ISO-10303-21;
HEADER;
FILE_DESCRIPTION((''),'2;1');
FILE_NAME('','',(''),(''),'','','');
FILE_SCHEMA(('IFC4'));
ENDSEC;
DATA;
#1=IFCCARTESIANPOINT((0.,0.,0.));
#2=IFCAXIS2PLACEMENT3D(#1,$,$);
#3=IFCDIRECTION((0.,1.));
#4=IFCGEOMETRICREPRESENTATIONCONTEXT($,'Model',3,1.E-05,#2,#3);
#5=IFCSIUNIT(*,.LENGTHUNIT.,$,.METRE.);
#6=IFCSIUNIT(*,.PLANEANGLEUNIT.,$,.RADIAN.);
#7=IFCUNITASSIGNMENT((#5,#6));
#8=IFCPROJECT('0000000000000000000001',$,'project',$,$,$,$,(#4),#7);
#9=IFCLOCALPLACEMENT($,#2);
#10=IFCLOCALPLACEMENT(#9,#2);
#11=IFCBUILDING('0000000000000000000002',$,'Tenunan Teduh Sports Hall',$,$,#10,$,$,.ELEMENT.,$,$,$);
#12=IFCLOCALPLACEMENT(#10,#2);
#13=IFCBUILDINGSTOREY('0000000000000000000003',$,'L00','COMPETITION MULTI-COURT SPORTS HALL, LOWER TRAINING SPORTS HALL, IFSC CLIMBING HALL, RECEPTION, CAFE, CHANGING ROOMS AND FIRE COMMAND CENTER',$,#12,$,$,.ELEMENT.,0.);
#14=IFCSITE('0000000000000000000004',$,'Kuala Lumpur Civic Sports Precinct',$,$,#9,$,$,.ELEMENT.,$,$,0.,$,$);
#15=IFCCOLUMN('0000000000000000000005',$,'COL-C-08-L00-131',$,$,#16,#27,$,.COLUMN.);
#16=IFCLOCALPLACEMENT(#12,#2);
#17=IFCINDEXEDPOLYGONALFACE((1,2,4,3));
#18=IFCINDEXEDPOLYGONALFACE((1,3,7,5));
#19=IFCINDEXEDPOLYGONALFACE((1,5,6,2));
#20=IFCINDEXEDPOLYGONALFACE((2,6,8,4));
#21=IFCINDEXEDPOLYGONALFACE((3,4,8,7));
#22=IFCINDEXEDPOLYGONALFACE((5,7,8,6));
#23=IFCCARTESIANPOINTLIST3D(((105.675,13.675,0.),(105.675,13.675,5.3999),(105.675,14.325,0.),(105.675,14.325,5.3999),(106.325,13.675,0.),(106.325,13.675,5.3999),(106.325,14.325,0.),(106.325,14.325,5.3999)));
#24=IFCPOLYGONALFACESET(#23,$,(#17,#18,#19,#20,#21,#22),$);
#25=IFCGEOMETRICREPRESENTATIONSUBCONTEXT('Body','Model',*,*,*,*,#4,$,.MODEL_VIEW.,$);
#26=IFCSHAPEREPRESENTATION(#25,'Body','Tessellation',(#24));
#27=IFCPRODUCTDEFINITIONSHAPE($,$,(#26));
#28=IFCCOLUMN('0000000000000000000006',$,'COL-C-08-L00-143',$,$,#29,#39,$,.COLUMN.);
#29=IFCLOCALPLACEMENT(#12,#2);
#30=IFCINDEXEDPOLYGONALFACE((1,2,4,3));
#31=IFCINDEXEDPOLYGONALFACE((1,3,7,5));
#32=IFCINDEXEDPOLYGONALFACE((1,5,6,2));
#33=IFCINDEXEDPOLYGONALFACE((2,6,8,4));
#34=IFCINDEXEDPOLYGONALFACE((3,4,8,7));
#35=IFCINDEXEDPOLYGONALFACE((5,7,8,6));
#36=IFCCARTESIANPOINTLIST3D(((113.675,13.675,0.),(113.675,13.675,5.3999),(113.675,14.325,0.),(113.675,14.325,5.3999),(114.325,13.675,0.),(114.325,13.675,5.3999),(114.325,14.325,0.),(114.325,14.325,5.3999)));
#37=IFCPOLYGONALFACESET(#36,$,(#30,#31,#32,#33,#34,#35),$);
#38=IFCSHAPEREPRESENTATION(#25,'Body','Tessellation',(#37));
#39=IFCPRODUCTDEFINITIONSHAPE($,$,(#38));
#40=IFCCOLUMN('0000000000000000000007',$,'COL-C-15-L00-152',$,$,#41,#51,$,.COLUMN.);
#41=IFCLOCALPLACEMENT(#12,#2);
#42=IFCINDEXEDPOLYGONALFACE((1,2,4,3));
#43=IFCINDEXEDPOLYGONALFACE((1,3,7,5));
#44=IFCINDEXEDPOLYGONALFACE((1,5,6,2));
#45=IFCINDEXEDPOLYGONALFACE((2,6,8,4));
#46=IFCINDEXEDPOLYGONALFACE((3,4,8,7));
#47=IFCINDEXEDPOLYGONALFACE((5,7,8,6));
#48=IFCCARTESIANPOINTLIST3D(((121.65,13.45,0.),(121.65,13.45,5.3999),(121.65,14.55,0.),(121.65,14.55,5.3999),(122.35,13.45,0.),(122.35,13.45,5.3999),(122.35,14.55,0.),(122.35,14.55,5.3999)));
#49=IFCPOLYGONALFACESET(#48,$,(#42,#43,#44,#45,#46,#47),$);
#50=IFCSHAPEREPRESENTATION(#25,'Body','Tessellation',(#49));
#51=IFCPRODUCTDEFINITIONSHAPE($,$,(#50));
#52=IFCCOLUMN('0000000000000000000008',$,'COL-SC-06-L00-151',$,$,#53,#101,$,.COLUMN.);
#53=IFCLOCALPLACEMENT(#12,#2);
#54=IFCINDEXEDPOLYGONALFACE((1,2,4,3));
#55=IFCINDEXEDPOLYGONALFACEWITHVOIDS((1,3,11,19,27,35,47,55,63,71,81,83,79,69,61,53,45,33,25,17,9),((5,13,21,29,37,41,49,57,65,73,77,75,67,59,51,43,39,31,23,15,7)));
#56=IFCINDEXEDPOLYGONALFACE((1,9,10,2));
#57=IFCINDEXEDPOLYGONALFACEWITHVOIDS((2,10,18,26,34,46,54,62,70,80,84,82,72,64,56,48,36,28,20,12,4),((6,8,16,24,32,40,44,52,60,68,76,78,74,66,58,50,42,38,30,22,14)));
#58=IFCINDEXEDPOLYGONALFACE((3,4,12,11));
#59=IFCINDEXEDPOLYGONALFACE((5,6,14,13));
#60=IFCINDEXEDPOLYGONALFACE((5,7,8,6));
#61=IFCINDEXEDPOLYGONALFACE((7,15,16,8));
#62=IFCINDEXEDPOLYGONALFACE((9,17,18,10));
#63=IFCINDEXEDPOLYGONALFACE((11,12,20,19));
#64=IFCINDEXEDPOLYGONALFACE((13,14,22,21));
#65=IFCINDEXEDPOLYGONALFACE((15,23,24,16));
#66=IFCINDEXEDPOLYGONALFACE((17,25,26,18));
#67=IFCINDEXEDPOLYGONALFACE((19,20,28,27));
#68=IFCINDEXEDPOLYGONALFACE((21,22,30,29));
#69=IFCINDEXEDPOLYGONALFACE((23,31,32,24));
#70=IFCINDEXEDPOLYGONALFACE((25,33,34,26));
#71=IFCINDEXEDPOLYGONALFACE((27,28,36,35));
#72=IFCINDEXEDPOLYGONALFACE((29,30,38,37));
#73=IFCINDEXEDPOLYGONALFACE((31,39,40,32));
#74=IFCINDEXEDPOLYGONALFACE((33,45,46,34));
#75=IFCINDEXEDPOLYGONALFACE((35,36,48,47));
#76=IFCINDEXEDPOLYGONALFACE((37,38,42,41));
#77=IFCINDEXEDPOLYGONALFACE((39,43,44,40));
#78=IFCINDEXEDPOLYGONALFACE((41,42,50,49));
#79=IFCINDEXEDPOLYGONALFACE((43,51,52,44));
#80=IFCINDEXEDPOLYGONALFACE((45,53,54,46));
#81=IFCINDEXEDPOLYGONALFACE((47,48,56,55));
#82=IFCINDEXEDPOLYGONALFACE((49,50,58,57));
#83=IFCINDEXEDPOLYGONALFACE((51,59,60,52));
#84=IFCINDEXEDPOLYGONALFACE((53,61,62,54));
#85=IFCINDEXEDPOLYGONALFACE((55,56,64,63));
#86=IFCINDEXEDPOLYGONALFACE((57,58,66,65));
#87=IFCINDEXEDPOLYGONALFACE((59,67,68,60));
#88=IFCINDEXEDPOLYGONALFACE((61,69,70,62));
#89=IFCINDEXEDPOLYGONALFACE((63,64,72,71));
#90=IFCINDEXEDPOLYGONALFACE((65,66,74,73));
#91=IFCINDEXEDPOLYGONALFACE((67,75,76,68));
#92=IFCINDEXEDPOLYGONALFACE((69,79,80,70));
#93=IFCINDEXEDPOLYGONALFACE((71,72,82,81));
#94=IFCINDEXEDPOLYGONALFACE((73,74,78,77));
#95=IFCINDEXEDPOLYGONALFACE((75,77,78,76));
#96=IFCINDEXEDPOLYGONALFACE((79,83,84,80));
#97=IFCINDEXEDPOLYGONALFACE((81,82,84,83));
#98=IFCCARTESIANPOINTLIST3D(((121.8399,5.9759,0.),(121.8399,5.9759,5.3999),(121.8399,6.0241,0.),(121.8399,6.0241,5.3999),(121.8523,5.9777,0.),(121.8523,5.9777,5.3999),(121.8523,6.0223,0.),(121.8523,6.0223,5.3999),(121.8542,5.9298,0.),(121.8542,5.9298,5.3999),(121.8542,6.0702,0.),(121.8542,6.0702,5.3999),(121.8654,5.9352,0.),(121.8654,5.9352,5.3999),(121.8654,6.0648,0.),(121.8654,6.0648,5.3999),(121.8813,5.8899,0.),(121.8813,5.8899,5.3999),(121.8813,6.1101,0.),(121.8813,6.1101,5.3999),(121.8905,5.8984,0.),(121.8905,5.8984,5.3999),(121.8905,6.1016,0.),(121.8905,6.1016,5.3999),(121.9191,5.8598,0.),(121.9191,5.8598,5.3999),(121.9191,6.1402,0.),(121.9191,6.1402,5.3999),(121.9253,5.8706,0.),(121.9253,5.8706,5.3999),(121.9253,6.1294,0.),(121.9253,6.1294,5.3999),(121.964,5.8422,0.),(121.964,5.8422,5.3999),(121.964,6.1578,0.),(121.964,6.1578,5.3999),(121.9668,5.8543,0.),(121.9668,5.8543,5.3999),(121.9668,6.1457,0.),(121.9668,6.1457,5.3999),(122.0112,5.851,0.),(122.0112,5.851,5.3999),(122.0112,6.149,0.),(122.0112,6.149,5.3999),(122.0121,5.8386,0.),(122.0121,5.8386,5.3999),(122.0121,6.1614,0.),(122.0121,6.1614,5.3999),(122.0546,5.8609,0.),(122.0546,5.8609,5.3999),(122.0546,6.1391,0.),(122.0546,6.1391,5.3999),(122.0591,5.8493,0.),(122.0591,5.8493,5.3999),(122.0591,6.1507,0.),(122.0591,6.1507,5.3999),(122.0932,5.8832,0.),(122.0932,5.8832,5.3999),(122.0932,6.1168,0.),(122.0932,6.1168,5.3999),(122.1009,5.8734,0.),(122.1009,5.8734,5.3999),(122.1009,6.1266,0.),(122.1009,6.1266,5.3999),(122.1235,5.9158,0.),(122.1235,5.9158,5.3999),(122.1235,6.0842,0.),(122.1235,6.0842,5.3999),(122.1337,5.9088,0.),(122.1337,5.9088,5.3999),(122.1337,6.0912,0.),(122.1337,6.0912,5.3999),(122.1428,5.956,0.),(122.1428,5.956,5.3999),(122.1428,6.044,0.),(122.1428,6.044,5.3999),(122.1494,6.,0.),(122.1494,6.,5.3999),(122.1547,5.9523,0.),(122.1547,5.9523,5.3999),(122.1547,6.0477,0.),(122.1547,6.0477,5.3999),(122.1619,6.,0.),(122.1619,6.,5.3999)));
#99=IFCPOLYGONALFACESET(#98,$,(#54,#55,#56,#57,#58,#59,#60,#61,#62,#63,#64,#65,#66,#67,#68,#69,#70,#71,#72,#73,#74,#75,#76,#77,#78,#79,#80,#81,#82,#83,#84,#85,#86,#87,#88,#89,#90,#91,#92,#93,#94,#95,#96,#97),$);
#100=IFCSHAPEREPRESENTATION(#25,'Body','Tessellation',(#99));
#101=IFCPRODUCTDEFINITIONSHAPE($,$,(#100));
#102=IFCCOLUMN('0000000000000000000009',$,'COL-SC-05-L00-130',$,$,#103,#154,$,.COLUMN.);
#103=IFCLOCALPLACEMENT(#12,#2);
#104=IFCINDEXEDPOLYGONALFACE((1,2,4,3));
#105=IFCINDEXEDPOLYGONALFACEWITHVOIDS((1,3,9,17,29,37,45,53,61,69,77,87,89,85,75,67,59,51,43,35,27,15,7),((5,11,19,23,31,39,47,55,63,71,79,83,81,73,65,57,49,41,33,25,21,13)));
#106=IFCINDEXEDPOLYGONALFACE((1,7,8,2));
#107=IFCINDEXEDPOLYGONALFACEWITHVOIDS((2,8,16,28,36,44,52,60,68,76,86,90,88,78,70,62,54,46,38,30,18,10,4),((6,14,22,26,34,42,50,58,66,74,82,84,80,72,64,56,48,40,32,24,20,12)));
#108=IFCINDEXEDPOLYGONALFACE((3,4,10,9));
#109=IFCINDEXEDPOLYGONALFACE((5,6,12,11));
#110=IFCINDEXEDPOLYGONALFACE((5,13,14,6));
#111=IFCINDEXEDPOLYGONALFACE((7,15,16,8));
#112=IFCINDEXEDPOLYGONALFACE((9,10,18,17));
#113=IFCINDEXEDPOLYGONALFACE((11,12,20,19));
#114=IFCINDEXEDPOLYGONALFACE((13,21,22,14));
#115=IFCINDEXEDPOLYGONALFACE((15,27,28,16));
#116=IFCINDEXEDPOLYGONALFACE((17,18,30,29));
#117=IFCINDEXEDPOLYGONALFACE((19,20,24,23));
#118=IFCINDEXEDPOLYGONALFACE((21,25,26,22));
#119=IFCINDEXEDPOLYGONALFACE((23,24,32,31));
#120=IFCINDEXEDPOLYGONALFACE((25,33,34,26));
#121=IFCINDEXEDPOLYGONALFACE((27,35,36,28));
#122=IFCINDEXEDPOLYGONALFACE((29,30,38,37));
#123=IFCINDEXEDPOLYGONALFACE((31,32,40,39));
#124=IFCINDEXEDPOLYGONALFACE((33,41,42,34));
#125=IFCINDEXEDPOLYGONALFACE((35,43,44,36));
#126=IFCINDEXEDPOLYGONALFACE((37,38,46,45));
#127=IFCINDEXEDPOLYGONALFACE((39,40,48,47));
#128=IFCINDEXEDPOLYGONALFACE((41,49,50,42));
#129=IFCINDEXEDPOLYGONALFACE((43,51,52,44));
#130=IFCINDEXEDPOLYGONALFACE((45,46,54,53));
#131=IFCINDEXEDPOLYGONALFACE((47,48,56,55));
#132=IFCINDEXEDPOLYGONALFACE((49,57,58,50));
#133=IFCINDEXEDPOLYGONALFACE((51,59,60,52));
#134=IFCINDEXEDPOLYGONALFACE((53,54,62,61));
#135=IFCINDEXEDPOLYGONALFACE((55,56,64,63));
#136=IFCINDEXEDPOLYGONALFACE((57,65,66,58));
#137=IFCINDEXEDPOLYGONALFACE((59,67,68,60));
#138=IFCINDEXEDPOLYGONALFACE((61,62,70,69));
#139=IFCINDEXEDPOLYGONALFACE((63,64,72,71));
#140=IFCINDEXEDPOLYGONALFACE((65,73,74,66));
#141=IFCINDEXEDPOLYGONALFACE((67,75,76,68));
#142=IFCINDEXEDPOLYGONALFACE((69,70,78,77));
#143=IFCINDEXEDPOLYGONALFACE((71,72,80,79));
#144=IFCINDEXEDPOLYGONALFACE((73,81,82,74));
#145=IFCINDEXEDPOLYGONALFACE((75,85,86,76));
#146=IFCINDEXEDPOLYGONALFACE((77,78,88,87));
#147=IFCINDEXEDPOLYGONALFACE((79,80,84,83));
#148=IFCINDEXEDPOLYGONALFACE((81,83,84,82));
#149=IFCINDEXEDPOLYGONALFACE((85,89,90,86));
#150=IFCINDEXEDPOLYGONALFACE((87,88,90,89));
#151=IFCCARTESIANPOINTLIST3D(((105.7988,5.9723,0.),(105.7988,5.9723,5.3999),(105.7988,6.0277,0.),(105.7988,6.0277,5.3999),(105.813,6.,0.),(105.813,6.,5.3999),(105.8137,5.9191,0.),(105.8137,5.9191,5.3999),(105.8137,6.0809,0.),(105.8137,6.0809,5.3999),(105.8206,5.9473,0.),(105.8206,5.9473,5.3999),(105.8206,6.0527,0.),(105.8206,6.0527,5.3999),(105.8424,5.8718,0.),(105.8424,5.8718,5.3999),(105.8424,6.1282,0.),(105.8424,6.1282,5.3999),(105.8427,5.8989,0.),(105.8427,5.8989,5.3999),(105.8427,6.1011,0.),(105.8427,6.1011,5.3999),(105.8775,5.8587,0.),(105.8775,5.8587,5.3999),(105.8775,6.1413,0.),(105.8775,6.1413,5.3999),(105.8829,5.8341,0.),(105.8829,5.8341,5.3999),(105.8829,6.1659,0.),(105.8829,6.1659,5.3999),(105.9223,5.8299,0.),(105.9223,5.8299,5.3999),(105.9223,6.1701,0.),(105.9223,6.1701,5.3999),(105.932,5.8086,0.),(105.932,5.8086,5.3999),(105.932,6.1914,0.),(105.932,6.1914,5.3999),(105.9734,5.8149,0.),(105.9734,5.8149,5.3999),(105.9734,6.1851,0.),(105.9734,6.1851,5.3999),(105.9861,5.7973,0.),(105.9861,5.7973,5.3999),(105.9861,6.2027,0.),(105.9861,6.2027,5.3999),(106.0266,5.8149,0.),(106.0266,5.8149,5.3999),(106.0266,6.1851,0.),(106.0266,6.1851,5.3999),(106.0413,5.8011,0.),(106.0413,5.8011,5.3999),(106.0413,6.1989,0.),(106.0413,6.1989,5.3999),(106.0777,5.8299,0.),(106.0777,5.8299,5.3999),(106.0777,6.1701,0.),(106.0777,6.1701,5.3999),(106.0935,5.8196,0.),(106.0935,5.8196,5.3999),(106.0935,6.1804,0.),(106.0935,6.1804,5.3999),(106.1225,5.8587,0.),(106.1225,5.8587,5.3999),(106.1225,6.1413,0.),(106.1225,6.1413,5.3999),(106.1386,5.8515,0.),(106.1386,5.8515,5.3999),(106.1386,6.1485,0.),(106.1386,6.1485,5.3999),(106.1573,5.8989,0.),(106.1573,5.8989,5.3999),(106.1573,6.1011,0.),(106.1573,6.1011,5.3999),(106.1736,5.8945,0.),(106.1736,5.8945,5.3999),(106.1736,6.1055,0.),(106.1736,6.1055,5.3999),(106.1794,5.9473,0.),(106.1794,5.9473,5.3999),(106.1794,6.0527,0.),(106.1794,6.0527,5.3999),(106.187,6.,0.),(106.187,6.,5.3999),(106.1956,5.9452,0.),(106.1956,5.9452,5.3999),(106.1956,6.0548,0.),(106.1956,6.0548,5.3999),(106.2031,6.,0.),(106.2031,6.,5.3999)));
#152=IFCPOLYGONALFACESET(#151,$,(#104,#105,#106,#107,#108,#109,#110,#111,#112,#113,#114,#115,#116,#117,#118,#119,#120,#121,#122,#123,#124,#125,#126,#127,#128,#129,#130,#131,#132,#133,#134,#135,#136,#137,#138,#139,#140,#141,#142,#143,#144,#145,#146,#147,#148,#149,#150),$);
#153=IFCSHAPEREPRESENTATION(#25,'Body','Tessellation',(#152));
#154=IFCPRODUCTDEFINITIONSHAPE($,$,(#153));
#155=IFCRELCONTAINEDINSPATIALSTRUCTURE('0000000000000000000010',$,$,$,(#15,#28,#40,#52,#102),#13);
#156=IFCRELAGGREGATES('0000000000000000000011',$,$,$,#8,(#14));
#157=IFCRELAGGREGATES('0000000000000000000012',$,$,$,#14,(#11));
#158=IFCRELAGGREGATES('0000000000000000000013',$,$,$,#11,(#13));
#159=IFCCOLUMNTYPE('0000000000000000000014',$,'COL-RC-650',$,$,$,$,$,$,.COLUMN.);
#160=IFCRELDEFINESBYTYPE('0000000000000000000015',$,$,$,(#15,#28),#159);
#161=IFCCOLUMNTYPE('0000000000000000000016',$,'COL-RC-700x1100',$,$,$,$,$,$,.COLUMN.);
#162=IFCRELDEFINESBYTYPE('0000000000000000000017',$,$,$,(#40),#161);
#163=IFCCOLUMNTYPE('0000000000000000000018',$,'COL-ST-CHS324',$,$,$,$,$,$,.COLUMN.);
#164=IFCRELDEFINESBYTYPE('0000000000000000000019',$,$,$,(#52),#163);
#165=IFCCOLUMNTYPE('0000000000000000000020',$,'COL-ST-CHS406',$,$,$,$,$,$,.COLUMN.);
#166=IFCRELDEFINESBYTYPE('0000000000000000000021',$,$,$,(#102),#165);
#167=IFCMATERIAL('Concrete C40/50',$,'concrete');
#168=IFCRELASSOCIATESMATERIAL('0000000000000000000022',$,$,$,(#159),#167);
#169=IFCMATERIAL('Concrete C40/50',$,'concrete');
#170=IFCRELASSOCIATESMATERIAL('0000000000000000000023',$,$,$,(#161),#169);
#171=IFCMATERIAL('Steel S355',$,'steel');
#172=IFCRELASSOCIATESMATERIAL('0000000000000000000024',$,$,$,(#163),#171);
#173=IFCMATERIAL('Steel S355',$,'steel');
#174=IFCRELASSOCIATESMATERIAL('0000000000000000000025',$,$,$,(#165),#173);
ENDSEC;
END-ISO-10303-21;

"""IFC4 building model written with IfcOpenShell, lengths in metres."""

from ifc_helpers import new_model, si_unit, direction, frame, origin, origin_2d, place, context, subcontext, project, spatial, rectangle, hollow_circle, extrude, material, material_profile, profile_set, type_object, element, save


model = new_model("IFC4")

# Units and contexts
model_context = context("Model", 3, precision=1e-05, world=origin(), true_north=direction((0.0, 1.0)))
body_context = subcontext(model_context, "Body", "Model", "MODEL_VIEW")
ifc_project = project(units=[si_unit("LENGTHUNIT", "METRE"), si_unit("PLANEANGLEUNIT", "RADIAN")], contexts=[model_context])

# Site, building, storey
site_placement = place(None, origin())
site = spatial("IfcSite", under=ifc_project, at=site_placement, Name="Kuala Lumpur Civic Sports Precinct", CompositionType="ELEMENT", RefElevation=0.0)
building_placement = place(site_placement, origin())
building = spatial("IfcBuilding", under=site, at=building_placement, Name="Tenunan Teduh Sports Hall", CompositionType="ELEMENT")
storey_placement = place(building_placement, origin())
storey = spatial("IfcBuildingStorey", under=building, at=storey_placement, Name="L00", Description="COMPETITION MULTI-COURT SPORTS HALL, LOWER TRAINING SPORTS HALL, IFSC CLIMBING HALL, RECEPTION, CAFE, CHANGING ROOMS AND FIRE COMMAND CENTER", CompositionType="ELEMENT", Elevation=0.0)

# Columns
ifc_material_1 = material(Name="Concrete C40/50", Category="concrete")
ifc_material_profile_1 = material_profile(ifc_material_1, rectangle(XDim=0.6499, YDim=0.6499, at=origin_2d()), Name="RC 650x650")
ifc_profile_set_1 = profile_set([ifc_material_profile_1], Name="Concrete C40/50")
column_type_1 = type_object("IfcColumnType", Name="COL-RC-650", PredefinedType="COLUMN", material=ifc_profile_set_1)
for number, where, z_axis, x_axis, name in (
    (1, (106.0, 14.0, 0.0), (0.0, 0.0, 1.0), (1.0, 0.0, 0.0), "COL-C-08-L00-131"),
    (2, (114.0, 14.0, 0.0), (0.0, 0.0, 1.0), (1.0, 0.0, 0.0), "COL-C-08-L00-143"),
):
    element("IfcColumn", number, at=place(storey_placement, frame(where, z_axis=z_axis, x_axis=x_axis)), inside=storey, type_object=column_type_1, Name=name, PredefinedType="COLUMN", context=body_context, shape_type="SweptSolid", body=[
        extrude(rectangle(XDim=0.6499, YDim=0.6499, at=origin_2d()), origin(), (0.0, 0.0, 1.0), 5.3999),
    ])
ifc_material_2 = material(Name="Concrete C40/50", Category="concrete")
ifc_material_profile_2 = material_profile(ifc_material_2, rectangle(XDim=0.7, YDim=1.1001, at=origin_2d()), Name="RC 700x1100")
ifc_profile_set_2 = profile_set([ifc_material_profile_2], Name="Concrete C40/50")
column_type_2 = type_object("IfcColumnType", Name="COL-RC-700x1100", PredefinedType="COLUMN", material=ifc_profile_set_2)
column_1_placement = place(storey_placement, frame((122.0, 14.0, 0.0), z_axis=(0.0, 0.0, 1.0), x_axis=(1.0, 0.0, 0.0)))
element("IfcColumn", 3, at=column_1_placement, inside=storey, type_object=column_type_2, Name="COL-C-15-L00-152", PredefinedType="COLUMN", context=body_context, shape_type="SweptSolid", body=[
    extrude(rectangle(XDim=0.7, YDim=1.1001, at=origin_2d()), origin(), (0.0, 0.0, 1.0), 5.3999),
])
ifc_material_3 = material(Name="Steel S355", Category="steel")
ifc_material_profile_3 = material_profile(ifc_material_3, hollow_circle(Radius=0.1619, WallThickness=0.0125, at=origin_2d()), Name="CHS 323.9x12.5")
ifc_profile_set_3 = profile_set([ifc_material_profile_3], Name="Steel S355")
column_type_3 = type_object("IfcColumnType", Name="COL-ST-CHS324", PredefinedType="COLUMN", material=ifc_profile_set_3)
column_2_placement = place(storey_placement, frame((122.0, 6.0, 0.0), z_axis=(0.0, 0.0, 1.0), x_axis=(1.0, 0.0, 0.0)))
element("IfcColumn", 4, at=column_2_placement, inside=storey, type_object=column_type_3, Name="COL-SC-06-L00-151", PredefinedType="COLUMN", context=body_context, shape_type="SweptSolid", body=[
    extrude(hollow_circle(Radius=0.1619, WallThickness=0.0125, at=origin_2d()), origin(), (0.0, 0.0, 1.0), 5.3999),
])
ifc_material_4 = material(Name="Steel S355", Category="steel")
ifc_material_profile_4 = material_profile(ifc_material_4, hollow_circle(Radius=0.2031, WallThickness=0.0161, at=origin_2d()), Name="CHS 406.4x16.0")
ifc_profile_set_4 = profile_set([ifc_material_profile_4], Name="Steel S355")
column_type_4 = type_object("IfcColumnType", Name="COL-ST-CHS406", PredefinedType="COLUMN", material=ifc_profile_set_4)
for number, where, z_axis, x_axis, name in (
    (5, (106.0, 6.0, 0.0), (0.0, 0.0, 1.0), (1.0, 0.0, 0.0), "COL-SC-05-L00-130"),
):
    element("IfcColumn", number, at=place(storey_placement, frame(where, z_axis=z_axis, x_axis=x_axis)), inside=storey, type_object=column_type_4, Name=name, PredefinedType="COLUMN", context=body_context, shape_type="SweptSolid", body=[
        extrude(hollow_circle(Radius=0.2031, WallThickness=0.0161, at=origin_2d()), origin(), (0.0, 0.0, 1.0), 5.3999),
    ])

save(model, "model.ifc")
